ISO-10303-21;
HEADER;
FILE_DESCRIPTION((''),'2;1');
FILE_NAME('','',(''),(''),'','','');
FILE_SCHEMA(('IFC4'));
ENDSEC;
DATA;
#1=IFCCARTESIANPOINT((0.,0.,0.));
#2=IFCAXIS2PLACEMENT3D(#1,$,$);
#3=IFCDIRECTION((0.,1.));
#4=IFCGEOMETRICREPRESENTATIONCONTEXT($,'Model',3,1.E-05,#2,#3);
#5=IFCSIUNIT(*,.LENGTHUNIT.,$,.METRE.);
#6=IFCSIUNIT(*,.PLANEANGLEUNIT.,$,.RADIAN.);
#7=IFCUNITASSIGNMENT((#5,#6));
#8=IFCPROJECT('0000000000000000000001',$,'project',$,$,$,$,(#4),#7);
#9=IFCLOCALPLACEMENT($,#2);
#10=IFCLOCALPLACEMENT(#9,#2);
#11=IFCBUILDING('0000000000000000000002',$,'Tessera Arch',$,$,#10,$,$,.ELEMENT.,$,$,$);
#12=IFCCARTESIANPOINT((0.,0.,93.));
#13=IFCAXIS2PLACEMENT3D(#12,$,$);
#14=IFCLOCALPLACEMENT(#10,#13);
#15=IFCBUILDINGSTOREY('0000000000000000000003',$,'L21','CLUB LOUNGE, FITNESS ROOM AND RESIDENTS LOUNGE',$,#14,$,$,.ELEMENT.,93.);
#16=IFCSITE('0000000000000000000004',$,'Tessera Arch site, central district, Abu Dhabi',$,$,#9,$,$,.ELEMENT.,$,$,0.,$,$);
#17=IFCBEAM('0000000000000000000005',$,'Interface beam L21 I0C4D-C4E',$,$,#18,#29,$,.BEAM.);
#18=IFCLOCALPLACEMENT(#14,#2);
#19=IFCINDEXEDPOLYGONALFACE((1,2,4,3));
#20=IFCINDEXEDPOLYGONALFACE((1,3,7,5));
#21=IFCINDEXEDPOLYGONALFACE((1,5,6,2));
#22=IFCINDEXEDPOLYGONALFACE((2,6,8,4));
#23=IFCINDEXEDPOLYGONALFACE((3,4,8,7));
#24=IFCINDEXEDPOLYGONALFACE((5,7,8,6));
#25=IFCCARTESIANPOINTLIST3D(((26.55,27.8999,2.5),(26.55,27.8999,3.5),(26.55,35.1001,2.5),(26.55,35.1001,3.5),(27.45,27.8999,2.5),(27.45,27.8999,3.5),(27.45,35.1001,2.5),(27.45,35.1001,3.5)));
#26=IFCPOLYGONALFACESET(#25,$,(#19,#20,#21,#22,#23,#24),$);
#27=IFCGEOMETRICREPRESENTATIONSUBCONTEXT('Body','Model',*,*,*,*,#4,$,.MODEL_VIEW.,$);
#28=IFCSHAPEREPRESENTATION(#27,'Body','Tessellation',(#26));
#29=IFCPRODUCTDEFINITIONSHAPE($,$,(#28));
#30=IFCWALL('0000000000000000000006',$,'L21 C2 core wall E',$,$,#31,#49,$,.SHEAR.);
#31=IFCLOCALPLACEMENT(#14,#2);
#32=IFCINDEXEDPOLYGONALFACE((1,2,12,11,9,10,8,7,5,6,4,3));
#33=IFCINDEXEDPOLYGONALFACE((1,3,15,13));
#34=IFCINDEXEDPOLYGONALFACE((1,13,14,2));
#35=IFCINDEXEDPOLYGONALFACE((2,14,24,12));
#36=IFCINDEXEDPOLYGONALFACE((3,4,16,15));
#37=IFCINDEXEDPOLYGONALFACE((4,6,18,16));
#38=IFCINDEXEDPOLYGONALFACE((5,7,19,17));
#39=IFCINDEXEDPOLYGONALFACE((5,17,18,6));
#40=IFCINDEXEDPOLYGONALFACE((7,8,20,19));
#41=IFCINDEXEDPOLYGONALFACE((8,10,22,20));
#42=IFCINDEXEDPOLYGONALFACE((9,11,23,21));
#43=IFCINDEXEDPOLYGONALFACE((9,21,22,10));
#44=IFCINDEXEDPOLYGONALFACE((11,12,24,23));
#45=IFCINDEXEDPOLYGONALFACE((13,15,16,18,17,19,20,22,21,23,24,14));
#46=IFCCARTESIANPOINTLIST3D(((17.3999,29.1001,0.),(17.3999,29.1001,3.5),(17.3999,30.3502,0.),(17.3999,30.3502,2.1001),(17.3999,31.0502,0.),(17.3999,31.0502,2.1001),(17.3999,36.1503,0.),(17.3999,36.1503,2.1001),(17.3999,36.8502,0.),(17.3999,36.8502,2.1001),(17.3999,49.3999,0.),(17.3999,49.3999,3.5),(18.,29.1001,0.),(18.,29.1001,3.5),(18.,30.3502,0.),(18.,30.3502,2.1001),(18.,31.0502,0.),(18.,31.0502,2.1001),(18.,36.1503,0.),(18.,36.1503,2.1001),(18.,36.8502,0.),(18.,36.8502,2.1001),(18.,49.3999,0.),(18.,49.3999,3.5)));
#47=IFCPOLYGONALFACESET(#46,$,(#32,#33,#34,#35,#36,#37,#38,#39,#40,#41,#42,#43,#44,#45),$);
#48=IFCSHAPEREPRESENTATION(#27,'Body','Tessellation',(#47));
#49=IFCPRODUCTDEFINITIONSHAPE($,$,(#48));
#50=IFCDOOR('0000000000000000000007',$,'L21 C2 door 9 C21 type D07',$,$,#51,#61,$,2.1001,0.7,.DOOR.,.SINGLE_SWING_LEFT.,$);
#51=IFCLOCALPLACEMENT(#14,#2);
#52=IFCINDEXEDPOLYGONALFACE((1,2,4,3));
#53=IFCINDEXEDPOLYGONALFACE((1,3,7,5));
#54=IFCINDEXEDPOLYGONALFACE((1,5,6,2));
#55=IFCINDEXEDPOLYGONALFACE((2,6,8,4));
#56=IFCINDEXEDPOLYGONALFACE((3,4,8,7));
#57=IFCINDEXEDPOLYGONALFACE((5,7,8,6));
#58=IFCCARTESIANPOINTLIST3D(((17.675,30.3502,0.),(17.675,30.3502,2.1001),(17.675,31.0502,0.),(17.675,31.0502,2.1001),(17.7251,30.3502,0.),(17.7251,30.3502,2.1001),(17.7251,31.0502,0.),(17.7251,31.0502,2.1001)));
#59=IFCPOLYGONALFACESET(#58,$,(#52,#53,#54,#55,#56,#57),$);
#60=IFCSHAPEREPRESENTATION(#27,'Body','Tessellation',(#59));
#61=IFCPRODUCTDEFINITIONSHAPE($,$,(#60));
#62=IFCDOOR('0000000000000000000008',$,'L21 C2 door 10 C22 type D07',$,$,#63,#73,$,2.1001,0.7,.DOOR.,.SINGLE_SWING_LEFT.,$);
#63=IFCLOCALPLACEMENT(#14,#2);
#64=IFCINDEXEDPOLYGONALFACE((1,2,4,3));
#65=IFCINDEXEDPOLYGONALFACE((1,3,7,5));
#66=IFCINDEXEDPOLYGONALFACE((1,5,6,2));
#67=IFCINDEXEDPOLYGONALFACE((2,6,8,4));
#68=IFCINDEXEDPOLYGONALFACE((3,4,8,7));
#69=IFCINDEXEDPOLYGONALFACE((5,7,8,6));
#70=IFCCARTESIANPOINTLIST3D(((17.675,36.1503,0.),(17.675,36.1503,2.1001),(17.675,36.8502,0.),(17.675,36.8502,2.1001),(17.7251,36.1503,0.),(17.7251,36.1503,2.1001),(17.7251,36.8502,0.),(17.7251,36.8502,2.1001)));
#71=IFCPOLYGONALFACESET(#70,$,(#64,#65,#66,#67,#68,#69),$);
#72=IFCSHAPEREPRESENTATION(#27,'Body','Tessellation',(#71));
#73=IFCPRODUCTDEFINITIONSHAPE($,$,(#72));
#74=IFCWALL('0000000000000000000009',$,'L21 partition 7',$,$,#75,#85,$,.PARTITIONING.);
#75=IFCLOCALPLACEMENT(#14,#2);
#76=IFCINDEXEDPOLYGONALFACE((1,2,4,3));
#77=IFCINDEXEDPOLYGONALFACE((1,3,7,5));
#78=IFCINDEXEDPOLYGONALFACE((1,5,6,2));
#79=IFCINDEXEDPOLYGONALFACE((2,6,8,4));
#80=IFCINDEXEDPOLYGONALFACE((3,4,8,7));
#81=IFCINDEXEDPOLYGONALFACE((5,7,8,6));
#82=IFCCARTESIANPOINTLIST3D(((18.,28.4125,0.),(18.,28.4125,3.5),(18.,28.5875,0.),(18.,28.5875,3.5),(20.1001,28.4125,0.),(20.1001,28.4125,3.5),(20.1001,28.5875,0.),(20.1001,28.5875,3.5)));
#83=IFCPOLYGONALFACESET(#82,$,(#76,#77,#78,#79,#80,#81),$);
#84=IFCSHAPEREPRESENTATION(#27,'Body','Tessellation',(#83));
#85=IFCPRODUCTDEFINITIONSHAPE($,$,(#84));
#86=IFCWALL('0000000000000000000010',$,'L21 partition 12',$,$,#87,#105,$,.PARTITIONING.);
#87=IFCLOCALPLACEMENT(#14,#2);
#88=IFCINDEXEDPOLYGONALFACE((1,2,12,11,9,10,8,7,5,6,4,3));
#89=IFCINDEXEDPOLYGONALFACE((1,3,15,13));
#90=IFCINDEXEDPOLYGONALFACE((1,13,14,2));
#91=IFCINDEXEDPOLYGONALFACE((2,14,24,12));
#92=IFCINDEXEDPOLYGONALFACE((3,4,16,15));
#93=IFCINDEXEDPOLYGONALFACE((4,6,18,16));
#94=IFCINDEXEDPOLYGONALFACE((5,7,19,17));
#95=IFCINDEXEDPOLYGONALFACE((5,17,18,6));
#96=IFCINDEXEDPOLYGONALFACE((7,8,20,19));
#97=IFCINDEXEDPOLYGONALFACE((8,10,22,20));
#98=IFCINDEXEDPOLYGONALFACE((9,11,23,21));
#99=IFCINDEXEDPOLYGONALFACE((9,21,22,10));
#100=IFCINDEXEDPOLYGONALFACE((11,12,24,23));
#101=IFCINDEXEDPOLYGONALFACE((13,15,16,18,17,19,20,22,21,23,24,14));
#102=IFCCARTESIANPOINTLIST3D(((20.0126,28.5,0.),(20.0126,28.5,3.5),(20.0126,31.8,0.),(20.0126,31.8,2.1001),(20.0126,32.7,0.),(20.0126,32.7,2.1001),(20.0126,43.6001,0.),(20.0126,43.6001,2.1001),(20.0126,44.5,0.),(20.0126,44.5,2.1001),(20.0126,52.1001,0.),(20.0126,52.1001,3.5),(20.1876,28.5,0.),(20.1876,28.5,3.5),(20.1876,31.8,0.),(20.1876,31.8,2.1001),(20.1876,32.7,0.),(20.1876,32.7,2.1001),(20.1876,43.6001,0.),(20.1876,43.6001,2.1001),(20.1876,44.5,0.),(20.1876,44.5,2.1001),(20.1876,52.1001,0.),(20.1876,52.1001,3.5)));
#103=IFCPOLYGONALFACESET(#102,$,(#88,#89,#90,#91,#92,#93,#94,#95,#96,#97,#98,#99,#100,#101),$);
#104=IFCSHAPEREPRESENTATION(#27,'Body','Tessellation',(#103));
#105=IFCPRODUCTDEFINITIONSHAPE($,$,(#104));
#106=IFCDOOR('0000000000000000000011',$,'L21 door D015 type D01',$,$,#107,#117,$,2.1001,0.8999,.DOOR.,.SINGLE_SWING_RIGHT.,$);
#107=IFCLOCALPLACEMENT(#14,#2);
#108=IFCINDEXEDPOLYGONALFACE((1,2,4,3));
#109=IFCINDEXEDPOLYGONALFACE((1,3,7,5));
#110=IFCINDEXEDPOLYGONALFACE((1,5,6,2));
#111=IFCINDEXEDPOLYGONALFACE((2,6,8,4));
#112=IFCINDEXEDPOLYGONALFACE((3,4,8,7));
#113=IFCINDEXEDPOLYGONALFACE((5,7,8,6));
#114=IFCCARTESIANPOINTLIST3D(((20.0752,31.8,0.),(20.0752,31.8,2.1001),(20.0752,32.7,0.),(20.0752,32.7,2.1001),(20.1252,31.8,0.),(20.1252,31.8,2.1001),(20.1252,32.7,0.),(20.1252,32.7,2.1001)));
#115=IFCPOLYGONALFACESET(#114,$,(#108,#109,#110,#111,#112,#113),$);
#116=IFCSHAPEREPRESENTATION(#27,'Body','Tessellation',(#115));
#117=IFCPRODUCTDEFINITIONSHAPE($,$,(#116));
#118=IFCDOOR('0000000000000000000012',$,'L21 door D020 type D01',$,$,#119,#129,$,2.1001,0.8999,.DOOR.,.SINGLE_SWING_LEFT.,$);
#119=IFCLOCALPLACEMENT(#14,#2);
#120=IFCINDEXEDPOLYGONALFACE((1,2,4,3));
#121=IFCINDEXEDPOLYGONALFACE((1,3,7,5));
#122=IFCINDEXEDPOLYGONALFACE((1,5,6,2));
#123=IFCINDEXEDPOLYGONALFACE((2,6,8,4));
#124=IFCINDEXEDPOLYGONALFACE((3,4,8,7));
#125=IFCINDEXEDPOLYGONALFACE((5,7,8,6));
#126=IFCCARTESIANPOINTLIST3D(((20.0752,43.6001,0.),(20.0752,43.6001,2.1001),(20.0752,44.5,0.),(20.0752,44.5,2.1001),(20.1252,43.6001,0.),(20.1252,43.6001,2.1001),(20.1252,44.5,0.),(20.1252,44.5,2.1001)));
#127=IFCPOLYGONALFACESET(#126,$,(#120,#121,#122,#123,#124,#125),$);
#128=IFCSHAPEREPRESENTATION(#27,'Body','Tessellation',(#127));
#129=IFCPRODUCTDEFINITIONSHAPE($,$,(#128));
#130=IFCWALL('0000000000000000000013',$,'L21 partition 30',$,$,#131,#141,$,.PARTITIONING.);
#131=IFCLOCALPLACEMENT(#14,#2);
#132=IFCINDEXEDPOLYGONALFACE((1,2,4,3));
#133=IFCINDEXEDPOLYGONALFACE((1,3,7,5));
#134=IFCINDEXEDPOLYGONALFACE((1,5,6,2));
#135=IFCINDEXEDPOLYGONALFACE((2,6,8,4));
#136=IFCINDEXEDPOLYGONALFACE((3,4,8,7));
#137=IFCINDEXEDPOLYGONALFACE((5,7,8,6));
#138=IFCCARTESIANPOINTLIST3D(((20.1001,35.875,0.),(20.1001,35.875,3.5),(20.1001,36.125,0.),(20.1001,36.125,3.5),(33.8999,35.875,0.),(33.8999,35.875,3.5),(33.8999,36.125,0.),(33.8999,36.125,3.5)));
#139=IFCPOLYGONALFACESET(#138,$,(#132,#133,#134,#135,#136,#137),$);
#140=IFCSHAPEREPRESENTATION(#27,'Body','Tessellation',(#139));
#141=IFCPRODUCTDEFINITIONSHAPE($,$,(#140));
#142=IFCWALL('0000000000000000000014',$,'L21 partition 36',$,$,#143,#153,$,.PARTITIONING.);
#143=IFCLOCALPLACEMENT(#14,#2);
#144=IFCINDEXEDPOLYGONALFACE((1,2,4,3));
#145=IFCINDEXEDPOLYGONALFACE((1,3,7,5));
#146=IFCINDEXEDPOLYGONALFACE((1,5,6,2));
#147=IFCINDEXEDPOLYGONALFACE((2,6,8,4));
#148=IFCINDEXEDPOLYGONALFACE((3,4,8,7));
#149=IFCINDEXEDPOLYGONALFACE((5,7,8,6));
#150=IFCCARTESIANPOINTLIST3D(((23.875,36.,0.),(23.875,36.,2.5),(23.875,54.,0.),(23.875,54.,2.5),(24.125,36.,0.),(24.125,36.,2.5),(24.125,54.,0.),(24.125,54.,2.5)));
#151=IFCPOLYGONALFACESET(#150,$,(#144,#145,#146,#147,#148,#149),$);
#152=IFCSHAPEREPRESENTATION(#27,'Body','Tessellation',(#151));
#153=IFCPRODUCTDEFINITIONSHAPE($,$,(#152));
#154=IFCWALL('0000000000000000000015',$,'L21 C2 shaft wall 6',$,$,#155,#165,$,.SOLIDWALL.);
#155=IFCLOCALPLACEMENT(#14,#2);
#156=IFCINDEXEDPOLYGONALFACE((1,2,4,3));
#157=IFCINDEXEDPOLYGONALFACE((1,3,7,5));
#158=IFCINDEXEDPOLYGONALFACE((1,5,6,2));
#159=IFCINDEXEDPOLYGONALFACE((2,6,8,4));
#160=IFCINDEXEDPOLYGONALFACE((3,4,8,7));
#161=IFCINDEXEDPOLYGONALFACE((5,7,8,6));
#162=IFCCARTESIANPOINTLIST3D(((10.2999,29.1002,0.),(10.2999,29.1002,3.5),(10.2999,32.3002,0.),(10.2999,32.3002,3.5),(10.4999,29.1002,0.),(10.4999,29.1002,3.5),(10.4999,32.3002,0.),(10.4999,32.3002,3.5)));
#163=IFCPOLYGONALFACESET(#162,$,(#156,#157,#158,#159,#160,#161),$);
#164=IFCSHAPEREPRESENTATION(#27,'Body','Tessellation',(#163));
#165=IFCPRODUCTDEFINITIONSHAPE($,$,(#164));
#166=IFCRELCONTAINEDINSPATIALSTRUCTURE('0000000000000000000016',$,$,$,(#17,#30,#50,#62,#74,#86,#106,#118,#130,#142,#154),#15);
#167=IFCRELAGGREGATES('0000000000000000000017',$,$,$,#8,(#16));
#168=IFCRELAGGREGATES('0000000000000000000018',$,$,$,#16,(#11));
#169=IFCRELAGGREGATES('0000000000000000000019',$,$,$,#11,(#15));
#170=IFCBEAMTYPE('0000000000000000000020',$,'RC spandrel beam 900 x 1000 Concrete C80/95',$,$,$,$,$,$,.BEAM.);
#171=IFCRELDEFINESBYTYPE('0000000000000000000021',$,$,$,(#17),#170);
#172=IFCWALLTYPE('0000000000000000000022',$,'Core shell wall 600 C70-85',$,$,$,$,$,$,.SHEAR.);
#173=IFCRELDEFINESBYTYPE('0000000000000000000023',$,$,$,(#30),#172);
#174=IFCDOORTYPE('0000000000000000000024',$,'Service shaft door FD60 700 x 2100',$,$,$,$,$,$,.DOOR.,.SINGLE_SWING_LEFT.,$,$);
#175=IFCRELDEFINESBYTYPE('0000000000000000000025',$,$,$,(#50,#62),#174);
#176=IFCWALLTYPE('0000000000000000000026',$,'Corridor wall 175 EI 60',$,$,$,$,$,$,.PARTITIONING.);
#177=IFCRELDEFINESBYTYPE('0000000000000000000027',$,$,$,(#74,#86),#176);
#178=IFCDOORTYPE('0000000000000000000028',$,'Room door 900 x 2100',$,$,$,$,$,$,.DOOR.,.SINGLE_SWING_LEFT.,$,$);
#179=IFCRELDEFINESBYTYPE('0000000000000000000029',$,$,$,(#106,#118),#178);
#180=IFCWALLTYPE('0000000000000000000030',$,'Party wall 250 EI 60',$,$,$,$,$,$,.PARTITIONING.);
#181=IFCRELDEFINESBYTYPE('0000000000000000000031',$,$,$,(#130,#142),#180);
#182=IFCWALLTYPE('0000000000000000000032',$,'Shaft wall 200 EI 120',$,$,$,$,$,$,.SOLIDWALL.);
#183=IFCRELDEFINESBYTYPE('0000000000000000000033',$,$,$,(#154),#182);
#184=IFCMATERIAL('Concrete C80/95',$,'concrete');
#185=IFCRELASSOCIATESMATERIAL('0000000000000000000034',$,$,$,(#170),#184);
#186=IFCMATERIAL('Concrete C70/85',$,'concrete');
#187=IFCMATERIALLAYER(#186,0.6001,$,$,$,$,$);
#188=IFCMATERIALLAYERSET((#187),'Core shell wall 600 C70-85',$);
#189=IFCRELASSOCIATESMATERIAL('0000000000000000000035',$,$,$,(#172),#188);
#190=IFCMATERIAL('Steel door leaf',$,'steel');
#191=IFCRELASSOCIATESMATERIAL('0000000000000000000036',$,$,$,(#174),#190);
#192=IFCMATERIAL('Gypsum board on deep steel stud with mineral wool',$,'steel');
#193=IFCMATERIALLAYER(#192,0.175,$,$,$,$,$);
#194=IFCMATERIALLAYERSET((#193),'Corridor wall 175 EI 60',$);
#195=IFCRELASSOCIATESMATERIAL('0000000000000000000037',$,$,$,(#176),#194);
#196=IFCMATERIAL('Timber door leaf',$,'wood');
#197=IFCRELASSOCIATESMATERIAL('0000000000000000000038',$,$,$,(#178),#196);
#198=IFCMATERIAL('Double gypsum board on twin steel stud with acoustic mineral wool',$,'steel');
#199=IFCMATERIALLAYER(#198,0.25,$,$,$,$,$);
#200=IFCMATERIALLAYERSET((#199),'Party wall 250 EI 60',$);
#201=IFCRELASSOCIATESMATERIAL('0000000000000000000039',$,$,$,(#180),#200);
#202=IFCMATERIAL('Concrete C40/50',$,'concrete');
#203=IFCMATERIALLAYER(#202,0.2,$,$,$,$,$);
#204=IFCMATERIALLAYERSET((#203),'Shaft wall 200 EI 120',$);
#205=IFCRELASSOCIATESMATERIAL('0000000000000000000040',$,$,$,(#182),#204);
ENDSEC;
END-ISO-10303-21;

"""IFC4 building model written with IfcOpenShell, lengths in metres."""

from ifc_helpers import new_model, si_unit, direction, frame, frame_2d, origin, origin_2d, place, context, subcontext, project, spatial, rectangle, extrude, material, layer, layer_set, material_profile, profile_set, type_object, element, fill, save


model = new_model("IFC4")

# Units and contexts
model_context = context("Model", 3, precision=1e-05, world=origin(), true_north=direction((0.0, 1.0)))
body_context = subcontext(model_context, "Body", "Model", "MODEL_VIEW")
ifc_project = project(units=[si_unit("LENGTHUNIT", "METRE"), si_unit("PLANEANGLEUNIT", "RADIAN")], contexts=[model_context])

# Site, building, storey
site_placement = place(None, origin())
site = spatial("IfcSite", under=ifc_project, at=site_placement, Name="Tessera Arch site, central district, Abu Dhabi", CompositionType="ELEMENT", RefElevation=0.0)
building_placement = place(site_placement, origin())
building = spatial("IfcBuilding", under=site, at=building_placement, Name="Tessera Arch", CompositionType="ELEMENT")
storey_placement = place(building_placement, frame((0.0, 0.0, 93.0)))
storey = spatial("IfcBuildingStorey", under=building, at=storey_placement, Name="L21", Description="CLUB LOUNGE, FITNESS ROOM AND RESIDENTS LOUNGE", CompositionType="ELEMENT", Elevation=93.0)

# Beam
ifc_material_1 = material(Name="Concrete C80/95", Category="concrete")
ifc_material_profile = material_profile(ifc_material_1, rectangle(XDim=0.8999, YDim=1.0, at=origin_2d()), Name="RC spandrel beam 900 x 1000 Concrete C80/95")
ifc_profile_set = profile_set([ifc_material_profile], Name="Concrete C80/95")
beam_type = type_object("IfcBeamType", Name="RC spandrel beam 900 x 1000 Concrete C80/95", PredefinedType="BEAM", material=ifc_profile_set)
beam_placement = place(storey_placement, frame((27.0, 27.8999, 3.0), z_axis=(0.0, 1.0, 0.0), x_axis=(-1.0, 0.0, 0.0)))
element("IfcBeam", 1, at=beam_placement, inside=storey, type_object=beam_type, Name="Interface beam L21 I0C4D-C4E", PredefinedType="BEAM", context=body_context, shape_type="SweptSolid", body=[
    extrude(rectangle(XDim=0.8999, YDim=1.0, at=origin_2d()), origin(), (0.0, 0.0, 1.0), 7.2002),
])

# Wall, openings, doors
ifc_material_2 = material(Name="Concrete C70/85", Category="concrete")
ifc_layer_1 = layer(ifc_material_2, 0.6001)
ifc_layer_set_1 = layer_set([ifc_layer_1], Name="Core shell wall 600 C70-85")
wall_type_1 = type_object("IfcWallType", Name="Core shell wall 600 C70-85", PredefinedType="SHEAR", material=ifc_layer_set_1)
wall_1_placement = place(storey_placement, frame((17.7, 29.1001, 0.0), z_axis=(0.0, 0.0, 1.0), x_axis=(0.0, 1.0, 0.0)))
wall_1 = element("IfcWall", 2, at=wall_1_placement, inside=storey, type_object=wall_type_1, Name="L21 C2 core wall E", PredefinedType="SHEAR", context=body_context, shape_type="SweptSolid", body=[
    extrude(rectangle(XDim=20.2998, YDim=0.6001, at=frame_2d((10.1499, 0.0))), origin(), (0.0, 0.0, 1.0), 3.5),
])
opening_1_placement = place(wall_1_placement, frame((1.25, 0.0, 0.0)))
opening_1 = element("IfcOpeningElement", 3, at=opening_1_placement, cuts=wall_1, PredefinedType="OPENING", context=body_context, shape_type="SweptSolid", body=[
    extrude(rectangle(XDim=0.7, YDim=2.1001, at=frame_2d((0.3501, 1.05))), frame((0.0, 0.3101, 0.0), z_axis=(0.0, -1.0, 0.0), x_axis=(1.0, 0.0, 0.0)), (0.0, 0.0, 1.0), 0.6201),
])
opening_2_placement = place(wall_1_placement, frame((7.05, 0.0, 0.0)))
opening_2 = element("IfcOpeningElement", 4, at=opening_2_placement, cuts=wall_1, PredefinedType="OPENING", context=body_context, shape_type="SweptSolid", body=[
    extrude(rectangle(XDim=0.7, YDim=2.1001, at=frame_2d((0.3501, 1.05))), frame((0.0, 0.3101, 0.0), z_axis=(0.0, -1.0, 0.0), x_axis=(1.0, 0.0, 0.0)), (0.0, 0.0, 1.0), 0.6201),
])
ifc_material_3 = material(Name="Steel door leaf", Category="steel")
door_type_1 = type_object("IfcDoorType", Name="Service shaft door FD60 700 x 2100", OperationType="SINGLE_SWING_LEFT", PredefinedType="DOOR", material=ifc_material_3)
door_1_placement = place(opening_1_placement, origin())
door_1 = element("IfcDoor", 5, at=door_1_placement, inside=storey, type_object=door_type_1, Name="L21 C2 door 9 C21 type D07", OperationType="SINGLE_SWING_LEFT", OverallHeight=2.1001, OverallWidth=0.7, PredefinedType="DOOR", context=body_context, shape_type="SweptSolid", body=[
    extrude(rectangle(XDim=0.7, YDim=2.1001, at=frame_2d((0.3501, 1.05))), frame((0.0, 0.0249, 0.0), z_axis=(0.0, -1.0, 0.0), x_axis=(1.0, 0.0, 0.0)), (0.0, 0.0, 1.0), 0.05),
])
fill(opening_1, door_1)
door_2_placement = place(opening_2_placement, origin())
door_2 = element("IfcDoor", 6, at=door_2_placement, inside=storey, type_object=door_type_1, Name="L21 C2 door 10 C22 type D07", OperationType="SINGLE_SWING_LEFT", OverallHeight=2.1001, OverallWidth=0.7, PredefinedType="DOOR", context=body_context, shape_type="SweptSolid", body=[
    extrude(rectangle(XDim=0.7, YDim=2.1001, at=frame_2d((0.3501, 1.05))), frame((0.0, 0.0249, 0.0), z_axis=(0.0, -1.0, 0.0), x_axis=(1.0, 0.0, 0.0)), (0.0, 0.0, 1.0), 0.05),
])
fill(opening_2, door_2)

# Wall
ifc_material_4 = material(Name="Gypsum board on deep steel stud with mineral wool", Category="steel")
ifc_layer_2 = layer(ifc_material_4, 0.175)
ifc_layer_set_2 = layer_set([ifc_layer_2], Name="Corridor wall 175 EI 60")
wall_type_2 = type_object("IfcWallType", Name="Corridor wall 175 EI 60", PredefinedType="PARTITIONING", material=ifc_layer_set_2)
wall_2_placement = place(storey_placement, frame((18.0, 28.5, 0.0), z_axis=(0.0, 0.0, 1.0), x_axis=(1.0, 0.0, 0.0)))
element("IfcWall", 7, at=wall_2_placement, inside=storey, type_object=wall_type_2, Name="L21 partition 7", PredefinedType="PARTITIONING", context=body_context, shape_type="SweptSolid", body=[
    extrude(rectangle(XDim=2.1001, YDim=0.175, at=frame_2d((1.05, 0.0))), origin(), (0.0, 0.0, 1.0), 3.5),
])

# Wall, openings, doors
wall_3_placement = place(storey_placement, frame((20.1001, 28.5, 0.0), z_axis=(0.0, 0.0, 1.0), x_axis=(0.0, 1.0, 0.0)))
wall_3 = element("IfcWall", 8, at=wall_3_placement, inside=storey, type_object=wall_type_2, Name="L21 partition 12", PredefinedType="PARTITIONING", context=body_context, shape_type="SweptSolid", body=[
    extrude(rectangle(XDim=23.6001, YDim=0.175, at=frame_2d((11.8, 0.0))), origin(), (0.0, 0.0, 1.0), 3.5),
])
opening_3_placement = place(wall_3_placement, frame((3.3, 0.0, 0.0)))
opening_3 = element("IfcOpeningElement", 9, at=opening_3_placement, cuts=wall_3, PredefinedType="OPENING", context=body_context, shape_type="SweptSolid", body=[
    extrude(rectangle(XDim=0.8999, YDim=2.1001, at=frame_2d((0.45, 1.05))), frame((0.0, 0.0974, 0.0), z_axis=(0.0, -1.0, 0.0), x_axis=(1.0, 0.0, 0.0)), (0.0, 0.0, 1.0), 0.1951),
])
opening_4_placement = place(wall_3_placement, frame((15.1001, 0.0, 0.0)))
opening_4 = element("IfcOpeningElement", 10, at=opening_4_placement, cuts=wall_3, PredefinedType="OPENING", context=body_context, shape_type="SweptSolid", body=[
    extrude(rectangle(XDim=0.8999, YDim=2.1001, at=frame_2d((0.45, 1.05))), frame((0.0, 0.0974, 0.0), z_axis=(0.0, -1.0, 0.0), x_axis=(1.0, 0.0, 0.0)), (0.0, 0.0, 1.0), 0.1951),
])
ifc_material_5 = material(Name="Timber door leaf", Category="wood")
door_type_2 = type_object("IfcDoorType", Name="Room door 900 x 2100", OperationType="SINGLE_SWING_LEFT", PredefinedType="DOOR", material=ifc_material_5)
door_3_placement = place(opening_3_placement, origin())
door_3 = element("IfcDoor", 11, at=door_3_placement, inside=storey, type_object=door_type_2, Name="L21 door D015 type D01", OperationType="SINGLE_SWING_RIGHT", OverallHeight=2.1001, OverallWidth=0.8999, PredefinedType="DOOR", context=body_context, shape_type="SweptSolid", body=[
    extrude(rectangle(XDim=0.8999, YDim=2.1001, at=frame_2d((0.45, 1.05))), frame((0.0, 0.0249, 0.0), z_axis=(0.0, -1.0, 0.0), x_axis=(1.0, 0.0, 0.0)), (0.0, 0.0, 1.0), 0.05),
])
fill(opening_3, door_3)
door_4_placement = place(opening_4_placement, origin())
door_4 = element("IfcDoor", 12, at=door_4_placement, inside=storey, type_object=door_type_2, Name="L21 door D020 type D01", OperationType="SINGLE_SWING_LEFT", OverallHeight=2.1001, OverallWidth=0.8999, PredefinedType="DOOR", context=body_context, shape_type="SweptSolid", body=[
    extrude(rectangle(XDim=0.8999, YDim=2.1001, at=frame_2d((0.45, 1.05))), frame((0.0, 0.0249, 0.0), z_axis=(0.0, -1.0, 0.0), x_axis=(1.0, 0.0, 0.0)), (0.0, 0.0, 1.0), 0.05),
])
fill(opening_4, door_4)

# Walls
ifc_material_6 = material(Name="Double gypsum board on twin steel stud with acoustic mineral wool", Category="steel")
ifc_layer_3 = layer(ifc_material_6, 0.25)
ifc_layer_set_3 = layer_set([ifc_layer_3], Name="Party wall 250 EI 60")
wall_type_3 = type_object("IfcWallType", Name="Party wall 250 EI 60", PredefinedType="PARTITIONING", material=ifc_layer_set_3)
wall_4_placement = place(storey_placement, frame((20.1001, 36.0, 0.0), z_axis=(0.0, 0.0, 1.0), x_axis=(1.0, 0.0, 0.0)))
element("IfcWall", 13, at=wall_4_placement, inside=storey, type_object=wall_type_3, Name="L21 partition 30", PredefinedType="PARTITIONING", context=body_context, shape_type="SweptSolid", body=[
    extrude(rectangle(XDim=13.7998, YDim=0.25, at=frame_2d((6.8999, 0.0))), origin(), (0.0, 0.0, 1.0), 3.5),
])
wall_5_placement = place(storey_placement, frame((24.0, 36.0, 0.0), z_axis=(0.0, 0.0, 1.0), x_axis=(0.0, 1.0, 0.0)))
element("IfcWall", 14, at=wall_5_placement, inside=storey, type_object=wall_type_3, Name="L21 partition 36", PredefinedType="PARTITIONING", context=body_context, shape_type="SweptSolid", body=[
    extrude(rectangle(XDim=18.0, YDim=0.25, at=frame_2d((9.0, 0.0))), origin(), (0.0, 0.0, 1.0), 2.5),
])
ifc_material_7 = material(Name="Concrete C40/50", Category="concrete")
ifc_layer_4 = layer(ifc_material_7, 0.2)
ifc_layer_set_4 = layer_set([ifc_layer_4], Name="Shaft wall 200 EI 120")
wall_type_4 = type_object("IfcWallType", Name="Shaft wall 200 EI 120", PredefinedType="SOLIDWALL", material=ifc_layer_set_4)
wall_6_placement = place(storey_placement, frame((10.3999, 29.1001, 0.0), z_axis=(0.0, 0.0, 1.0), x_axis=(0.0, 1.0, 0.0)))
element("IfcWall", 15, at=wall_6_placement, inside=storey, type_object=wall_type_4, Name="L21 C2 shaft wall 6", PredefinedType="SOLIDWALL", context=body_context, shape_type="SweptSolid", body=[
    extrude(rectangle(XDim=3.2, YDim=0.2, at=frame_2d((1.6001, 0.0))), origin(), (0.0, 0.0, 1.0), 3.5),
])

save(model, "model.ifc")
